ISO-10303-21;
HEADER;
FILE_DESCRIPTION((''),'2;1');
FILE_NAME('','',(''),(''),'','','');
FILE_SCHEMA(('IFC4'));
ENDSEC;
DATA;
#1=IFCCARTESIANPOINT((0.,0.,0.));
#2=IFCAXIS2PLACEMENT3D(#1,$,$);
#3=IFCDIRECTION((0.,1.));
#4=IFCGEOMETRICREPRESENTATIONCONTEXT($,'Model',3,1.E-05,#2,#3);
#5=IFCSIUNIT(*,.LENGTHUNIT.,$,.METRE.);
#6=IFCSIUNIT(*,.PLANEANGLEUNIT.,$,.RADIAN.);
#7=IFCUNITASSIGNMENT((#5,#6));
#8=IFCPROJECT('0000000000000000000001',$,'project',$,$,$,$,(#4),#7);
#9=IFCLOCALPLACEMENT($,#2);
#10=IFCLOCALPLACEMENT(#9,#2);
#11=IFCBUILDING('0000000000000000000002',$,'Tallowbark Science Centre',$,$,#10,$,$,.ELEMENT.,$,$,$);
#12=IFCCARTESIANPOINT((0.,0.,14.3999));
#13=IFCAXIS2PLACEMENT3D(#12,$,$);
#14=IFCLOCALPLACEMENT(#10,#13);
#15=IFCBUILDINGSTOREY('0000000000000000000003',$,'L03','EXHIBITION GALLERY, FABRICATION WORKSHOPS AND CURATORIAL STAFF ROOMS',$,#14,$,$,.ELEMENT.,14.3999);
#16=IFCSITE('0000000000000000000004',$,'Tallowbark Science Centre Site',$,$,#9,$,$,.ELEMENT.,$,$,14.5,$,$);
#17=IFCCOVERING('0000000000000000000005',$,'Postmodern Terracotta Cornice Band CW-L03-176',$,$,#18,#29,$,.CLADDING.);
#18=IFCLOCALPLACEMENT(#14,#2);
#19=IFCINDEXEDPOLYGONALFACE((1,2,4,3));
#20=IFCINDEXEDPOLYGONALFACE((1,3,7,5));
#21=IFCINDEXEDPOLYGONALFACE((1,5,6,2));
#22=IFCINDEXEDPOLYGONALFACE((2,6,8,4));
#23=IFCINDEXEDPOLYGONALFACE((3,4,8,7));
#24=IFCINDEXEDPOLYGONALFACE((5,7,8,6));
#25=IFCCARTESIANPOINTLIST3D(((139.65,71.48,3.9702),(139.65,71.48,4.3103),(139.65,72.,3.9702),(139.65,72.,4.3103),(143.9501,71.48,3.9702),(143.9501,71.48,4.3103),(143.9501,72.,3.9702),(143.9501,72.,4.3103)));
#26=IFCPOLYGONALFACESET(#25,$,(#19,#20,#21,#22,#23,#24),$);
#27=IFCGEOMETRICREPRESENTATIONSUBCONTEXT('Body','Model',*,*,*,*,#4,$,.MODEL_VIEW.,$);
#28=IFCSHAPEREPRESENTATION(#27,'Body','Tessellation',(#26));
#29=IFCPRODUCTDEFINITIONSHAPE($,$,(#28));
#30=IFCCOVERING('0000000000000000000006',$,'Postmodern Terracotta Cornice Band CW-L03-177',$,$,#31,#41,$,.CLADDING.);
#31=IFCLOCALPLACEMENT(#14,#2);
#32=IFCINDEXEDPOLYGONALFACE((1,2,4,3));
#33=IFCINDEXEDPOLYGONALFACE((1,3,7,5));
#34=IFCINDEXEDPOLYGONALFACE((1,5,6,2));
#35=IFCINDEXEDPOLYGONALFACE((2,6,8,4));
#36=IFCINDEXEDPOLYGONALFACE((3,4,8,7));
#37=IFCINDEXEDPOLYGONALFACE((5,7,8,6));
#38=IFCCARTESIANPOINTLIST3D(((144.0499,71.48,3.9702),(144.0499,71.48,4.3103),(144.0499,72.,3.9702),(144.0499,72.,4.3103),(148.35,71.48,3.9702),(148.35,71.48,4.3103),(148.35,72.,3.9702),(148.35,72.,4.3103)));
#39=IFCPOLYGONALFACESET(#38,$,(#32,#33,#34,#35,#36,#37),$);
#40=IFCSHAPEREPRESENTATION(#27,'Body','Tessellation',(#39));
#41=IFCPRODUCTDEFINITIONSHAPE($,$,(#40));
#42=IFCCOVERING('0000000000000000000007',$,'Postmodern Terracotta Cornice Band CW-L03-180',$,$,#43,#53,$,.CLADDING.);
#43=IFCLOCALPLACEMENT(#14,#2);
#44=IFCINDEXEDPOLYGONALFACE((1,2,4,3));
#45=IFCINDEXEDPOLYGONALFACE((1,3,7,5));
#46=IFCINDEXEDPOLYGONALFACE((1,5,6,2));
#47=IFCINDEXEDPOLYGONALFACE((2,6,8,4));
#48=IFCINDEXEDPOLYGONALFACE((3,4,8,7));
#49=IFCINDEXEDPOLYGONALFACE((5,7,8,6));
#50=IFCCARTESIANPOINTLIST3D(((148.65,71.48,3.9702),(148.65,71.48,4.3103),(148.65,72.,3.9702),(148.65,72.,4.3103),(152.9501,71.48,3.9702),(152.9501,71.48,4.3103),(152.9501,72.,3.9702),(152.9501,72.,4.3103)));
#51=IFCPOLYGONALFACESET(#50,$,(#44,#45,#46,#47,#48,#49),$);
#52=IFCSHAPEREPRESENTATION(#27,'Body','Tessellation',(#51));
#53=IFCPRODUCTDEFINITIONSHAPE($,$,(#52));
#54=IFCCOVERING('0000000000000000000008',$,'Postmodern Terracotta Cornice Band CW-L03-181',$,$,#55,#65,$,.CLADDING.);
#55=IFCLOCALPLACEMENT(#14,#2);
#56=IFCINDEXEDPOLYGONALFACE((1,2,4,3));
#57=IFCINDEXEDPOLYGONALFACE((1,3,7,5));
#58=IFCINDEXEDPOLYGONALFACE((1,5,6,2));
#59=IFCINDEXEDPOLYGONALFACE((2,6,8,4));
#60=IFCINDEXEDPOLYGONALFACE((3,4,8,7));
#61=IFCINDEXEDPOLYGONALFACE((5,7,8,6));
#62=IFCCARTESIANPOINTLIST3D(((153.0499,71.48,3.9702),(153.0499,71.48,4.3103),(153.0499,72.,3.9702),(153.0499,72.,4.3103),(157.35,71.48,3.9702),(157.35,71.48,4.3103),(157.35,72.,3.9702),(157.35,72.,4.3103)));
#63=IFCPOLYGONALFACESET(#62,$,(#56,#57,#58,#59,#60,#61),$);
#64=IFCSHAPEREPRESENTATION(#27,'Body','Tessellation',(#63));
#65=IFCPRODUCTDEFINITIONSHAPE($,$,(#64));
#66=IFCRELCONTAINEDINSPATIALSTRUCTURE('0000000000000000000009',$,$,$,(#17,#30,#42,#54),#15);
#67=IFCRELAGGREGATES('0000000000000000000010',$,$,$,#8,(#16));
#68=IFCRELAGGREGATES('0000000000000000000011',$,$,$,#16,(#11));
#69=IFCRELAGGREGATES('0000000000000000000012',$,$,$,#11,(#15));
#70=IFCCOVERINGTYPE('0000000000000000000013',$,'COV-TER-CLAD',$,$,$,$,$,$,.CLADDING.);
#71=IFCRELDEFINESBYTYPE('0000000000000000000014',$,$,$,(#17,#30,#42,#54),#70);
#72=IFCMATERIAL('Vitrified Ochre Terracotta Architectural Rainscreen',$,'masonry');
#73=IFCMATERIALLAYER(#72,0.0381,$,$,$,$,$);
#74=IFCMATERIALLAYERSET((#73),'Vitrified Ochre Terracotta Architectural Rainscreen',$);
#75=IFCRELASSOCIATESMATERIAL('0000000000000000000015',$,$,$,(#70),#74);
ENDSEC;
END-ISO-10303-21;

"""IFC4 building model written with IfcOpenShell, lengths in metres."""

from ifc_helpers import new_model, si_unit, direction, frame, origin, origin_2d, place, context, subcontext, project, spatial, rectangle, extrude, material, layer, layer_set, type_object, element, save


model = new_model("IFC4")

# Units and contexts
model_context = context("Model", 3, precision=1e-05, world=origin(), true_north=direction((0.0, 1.0)))
body_context = subcontext(model_context, "Body", "Model", "MODEL_VIEW")
ifc_project = project(units=[si_unit("LENGTHUNIT", "METRE"), si_unit("PLANEANGLEUNIT", "RADIAN")], contexts=[model_context])

# Site, building, storey
site_placement = place(None, origin())
site = spatial("IfcSite", under=ifc_project, at=site_placement, Name="Tallowbark Science Centre Site", CompositionType="ELEMENT", RefElevation=14.5)
building_placement = place(site_placement, origin())
building = spatial("IfcBuilding", under=site, at=building_placement, Name="Tallowbark Science Centre", CompositionType="ELEMENT")
storey_placement = place(building_placement, frame((0.0, 0.0, 14.3999)))
storey = spatial("IfcBuildingStorey", under=building, at=storey_placement, Name="L03", Description="EXHIBITION GALLERY, FABRICATION WORKSHOPS AND CURATORIAL STAFF ROOMS", CompositionType="ELEMENT", Elevation=14.3999)

# Coverings
ifc_material_1 = material(Name="Vitrified Ochre Terracotta Architectural Rainscreen", Category="masonry")
ifc_layer_1 = layer(ifc_material_1, 0.0381)
ifc_layer_set_1 = layer_set([ifc_layer_1], Name="Vitrified Ochre Terracotta Architectural Rainscreen")
covering_type_1 = type_object("IfcCoveringType", Name="COV-TER-CLAD", PredefinedType="CLADDING", material=ifc_layer_set_1)
for number, where, z_axis, x_axis, name in (
    (1, (141.8, 71.74, 3.9702), (0.0, 0.0, 1.0), (1.0, 0.0, 0.0), "Postmodern Terracotta Cornice Band CW-L03-176"),
    (2, (146.2, 71.74, 3.9702), (0.0, 0.0, 1.0), (1.0, 0.0, 0.0), "Postmodern Terracotta Cornice Band CW-L03-177"),
    (3, (150.8, 71.74, 3.9702), (0.0, 0.0, 1.0), (1.0, 0.0, 0.0), "Postmodern Terracotta Cornice Band CW-L03-180"),
    (4, (155.2, 71.74, 3.9702), (0.0, 0.0, 1.0), (1.0, 0.0, 0.0), "Postmodern Terracotta Cornice Band CW-L03-181"),
):
    element("IfcCovering", number, at=place(storey_placement, frame(where, z_axis=z_axis, x_axis=x_axis)), inside=storey, type_object=covering_type_1, Name=name, PredefinedType="CLADDING", context=body_context, shape_type="SweptSolid", body=[
        extrude(rectangle(XDim=4.3, YDim=0.52, at=origin_2d()), origin(), (0.0, 0.0, 1.0), 0.3401),
    ])

save(model, "model.ifc")
